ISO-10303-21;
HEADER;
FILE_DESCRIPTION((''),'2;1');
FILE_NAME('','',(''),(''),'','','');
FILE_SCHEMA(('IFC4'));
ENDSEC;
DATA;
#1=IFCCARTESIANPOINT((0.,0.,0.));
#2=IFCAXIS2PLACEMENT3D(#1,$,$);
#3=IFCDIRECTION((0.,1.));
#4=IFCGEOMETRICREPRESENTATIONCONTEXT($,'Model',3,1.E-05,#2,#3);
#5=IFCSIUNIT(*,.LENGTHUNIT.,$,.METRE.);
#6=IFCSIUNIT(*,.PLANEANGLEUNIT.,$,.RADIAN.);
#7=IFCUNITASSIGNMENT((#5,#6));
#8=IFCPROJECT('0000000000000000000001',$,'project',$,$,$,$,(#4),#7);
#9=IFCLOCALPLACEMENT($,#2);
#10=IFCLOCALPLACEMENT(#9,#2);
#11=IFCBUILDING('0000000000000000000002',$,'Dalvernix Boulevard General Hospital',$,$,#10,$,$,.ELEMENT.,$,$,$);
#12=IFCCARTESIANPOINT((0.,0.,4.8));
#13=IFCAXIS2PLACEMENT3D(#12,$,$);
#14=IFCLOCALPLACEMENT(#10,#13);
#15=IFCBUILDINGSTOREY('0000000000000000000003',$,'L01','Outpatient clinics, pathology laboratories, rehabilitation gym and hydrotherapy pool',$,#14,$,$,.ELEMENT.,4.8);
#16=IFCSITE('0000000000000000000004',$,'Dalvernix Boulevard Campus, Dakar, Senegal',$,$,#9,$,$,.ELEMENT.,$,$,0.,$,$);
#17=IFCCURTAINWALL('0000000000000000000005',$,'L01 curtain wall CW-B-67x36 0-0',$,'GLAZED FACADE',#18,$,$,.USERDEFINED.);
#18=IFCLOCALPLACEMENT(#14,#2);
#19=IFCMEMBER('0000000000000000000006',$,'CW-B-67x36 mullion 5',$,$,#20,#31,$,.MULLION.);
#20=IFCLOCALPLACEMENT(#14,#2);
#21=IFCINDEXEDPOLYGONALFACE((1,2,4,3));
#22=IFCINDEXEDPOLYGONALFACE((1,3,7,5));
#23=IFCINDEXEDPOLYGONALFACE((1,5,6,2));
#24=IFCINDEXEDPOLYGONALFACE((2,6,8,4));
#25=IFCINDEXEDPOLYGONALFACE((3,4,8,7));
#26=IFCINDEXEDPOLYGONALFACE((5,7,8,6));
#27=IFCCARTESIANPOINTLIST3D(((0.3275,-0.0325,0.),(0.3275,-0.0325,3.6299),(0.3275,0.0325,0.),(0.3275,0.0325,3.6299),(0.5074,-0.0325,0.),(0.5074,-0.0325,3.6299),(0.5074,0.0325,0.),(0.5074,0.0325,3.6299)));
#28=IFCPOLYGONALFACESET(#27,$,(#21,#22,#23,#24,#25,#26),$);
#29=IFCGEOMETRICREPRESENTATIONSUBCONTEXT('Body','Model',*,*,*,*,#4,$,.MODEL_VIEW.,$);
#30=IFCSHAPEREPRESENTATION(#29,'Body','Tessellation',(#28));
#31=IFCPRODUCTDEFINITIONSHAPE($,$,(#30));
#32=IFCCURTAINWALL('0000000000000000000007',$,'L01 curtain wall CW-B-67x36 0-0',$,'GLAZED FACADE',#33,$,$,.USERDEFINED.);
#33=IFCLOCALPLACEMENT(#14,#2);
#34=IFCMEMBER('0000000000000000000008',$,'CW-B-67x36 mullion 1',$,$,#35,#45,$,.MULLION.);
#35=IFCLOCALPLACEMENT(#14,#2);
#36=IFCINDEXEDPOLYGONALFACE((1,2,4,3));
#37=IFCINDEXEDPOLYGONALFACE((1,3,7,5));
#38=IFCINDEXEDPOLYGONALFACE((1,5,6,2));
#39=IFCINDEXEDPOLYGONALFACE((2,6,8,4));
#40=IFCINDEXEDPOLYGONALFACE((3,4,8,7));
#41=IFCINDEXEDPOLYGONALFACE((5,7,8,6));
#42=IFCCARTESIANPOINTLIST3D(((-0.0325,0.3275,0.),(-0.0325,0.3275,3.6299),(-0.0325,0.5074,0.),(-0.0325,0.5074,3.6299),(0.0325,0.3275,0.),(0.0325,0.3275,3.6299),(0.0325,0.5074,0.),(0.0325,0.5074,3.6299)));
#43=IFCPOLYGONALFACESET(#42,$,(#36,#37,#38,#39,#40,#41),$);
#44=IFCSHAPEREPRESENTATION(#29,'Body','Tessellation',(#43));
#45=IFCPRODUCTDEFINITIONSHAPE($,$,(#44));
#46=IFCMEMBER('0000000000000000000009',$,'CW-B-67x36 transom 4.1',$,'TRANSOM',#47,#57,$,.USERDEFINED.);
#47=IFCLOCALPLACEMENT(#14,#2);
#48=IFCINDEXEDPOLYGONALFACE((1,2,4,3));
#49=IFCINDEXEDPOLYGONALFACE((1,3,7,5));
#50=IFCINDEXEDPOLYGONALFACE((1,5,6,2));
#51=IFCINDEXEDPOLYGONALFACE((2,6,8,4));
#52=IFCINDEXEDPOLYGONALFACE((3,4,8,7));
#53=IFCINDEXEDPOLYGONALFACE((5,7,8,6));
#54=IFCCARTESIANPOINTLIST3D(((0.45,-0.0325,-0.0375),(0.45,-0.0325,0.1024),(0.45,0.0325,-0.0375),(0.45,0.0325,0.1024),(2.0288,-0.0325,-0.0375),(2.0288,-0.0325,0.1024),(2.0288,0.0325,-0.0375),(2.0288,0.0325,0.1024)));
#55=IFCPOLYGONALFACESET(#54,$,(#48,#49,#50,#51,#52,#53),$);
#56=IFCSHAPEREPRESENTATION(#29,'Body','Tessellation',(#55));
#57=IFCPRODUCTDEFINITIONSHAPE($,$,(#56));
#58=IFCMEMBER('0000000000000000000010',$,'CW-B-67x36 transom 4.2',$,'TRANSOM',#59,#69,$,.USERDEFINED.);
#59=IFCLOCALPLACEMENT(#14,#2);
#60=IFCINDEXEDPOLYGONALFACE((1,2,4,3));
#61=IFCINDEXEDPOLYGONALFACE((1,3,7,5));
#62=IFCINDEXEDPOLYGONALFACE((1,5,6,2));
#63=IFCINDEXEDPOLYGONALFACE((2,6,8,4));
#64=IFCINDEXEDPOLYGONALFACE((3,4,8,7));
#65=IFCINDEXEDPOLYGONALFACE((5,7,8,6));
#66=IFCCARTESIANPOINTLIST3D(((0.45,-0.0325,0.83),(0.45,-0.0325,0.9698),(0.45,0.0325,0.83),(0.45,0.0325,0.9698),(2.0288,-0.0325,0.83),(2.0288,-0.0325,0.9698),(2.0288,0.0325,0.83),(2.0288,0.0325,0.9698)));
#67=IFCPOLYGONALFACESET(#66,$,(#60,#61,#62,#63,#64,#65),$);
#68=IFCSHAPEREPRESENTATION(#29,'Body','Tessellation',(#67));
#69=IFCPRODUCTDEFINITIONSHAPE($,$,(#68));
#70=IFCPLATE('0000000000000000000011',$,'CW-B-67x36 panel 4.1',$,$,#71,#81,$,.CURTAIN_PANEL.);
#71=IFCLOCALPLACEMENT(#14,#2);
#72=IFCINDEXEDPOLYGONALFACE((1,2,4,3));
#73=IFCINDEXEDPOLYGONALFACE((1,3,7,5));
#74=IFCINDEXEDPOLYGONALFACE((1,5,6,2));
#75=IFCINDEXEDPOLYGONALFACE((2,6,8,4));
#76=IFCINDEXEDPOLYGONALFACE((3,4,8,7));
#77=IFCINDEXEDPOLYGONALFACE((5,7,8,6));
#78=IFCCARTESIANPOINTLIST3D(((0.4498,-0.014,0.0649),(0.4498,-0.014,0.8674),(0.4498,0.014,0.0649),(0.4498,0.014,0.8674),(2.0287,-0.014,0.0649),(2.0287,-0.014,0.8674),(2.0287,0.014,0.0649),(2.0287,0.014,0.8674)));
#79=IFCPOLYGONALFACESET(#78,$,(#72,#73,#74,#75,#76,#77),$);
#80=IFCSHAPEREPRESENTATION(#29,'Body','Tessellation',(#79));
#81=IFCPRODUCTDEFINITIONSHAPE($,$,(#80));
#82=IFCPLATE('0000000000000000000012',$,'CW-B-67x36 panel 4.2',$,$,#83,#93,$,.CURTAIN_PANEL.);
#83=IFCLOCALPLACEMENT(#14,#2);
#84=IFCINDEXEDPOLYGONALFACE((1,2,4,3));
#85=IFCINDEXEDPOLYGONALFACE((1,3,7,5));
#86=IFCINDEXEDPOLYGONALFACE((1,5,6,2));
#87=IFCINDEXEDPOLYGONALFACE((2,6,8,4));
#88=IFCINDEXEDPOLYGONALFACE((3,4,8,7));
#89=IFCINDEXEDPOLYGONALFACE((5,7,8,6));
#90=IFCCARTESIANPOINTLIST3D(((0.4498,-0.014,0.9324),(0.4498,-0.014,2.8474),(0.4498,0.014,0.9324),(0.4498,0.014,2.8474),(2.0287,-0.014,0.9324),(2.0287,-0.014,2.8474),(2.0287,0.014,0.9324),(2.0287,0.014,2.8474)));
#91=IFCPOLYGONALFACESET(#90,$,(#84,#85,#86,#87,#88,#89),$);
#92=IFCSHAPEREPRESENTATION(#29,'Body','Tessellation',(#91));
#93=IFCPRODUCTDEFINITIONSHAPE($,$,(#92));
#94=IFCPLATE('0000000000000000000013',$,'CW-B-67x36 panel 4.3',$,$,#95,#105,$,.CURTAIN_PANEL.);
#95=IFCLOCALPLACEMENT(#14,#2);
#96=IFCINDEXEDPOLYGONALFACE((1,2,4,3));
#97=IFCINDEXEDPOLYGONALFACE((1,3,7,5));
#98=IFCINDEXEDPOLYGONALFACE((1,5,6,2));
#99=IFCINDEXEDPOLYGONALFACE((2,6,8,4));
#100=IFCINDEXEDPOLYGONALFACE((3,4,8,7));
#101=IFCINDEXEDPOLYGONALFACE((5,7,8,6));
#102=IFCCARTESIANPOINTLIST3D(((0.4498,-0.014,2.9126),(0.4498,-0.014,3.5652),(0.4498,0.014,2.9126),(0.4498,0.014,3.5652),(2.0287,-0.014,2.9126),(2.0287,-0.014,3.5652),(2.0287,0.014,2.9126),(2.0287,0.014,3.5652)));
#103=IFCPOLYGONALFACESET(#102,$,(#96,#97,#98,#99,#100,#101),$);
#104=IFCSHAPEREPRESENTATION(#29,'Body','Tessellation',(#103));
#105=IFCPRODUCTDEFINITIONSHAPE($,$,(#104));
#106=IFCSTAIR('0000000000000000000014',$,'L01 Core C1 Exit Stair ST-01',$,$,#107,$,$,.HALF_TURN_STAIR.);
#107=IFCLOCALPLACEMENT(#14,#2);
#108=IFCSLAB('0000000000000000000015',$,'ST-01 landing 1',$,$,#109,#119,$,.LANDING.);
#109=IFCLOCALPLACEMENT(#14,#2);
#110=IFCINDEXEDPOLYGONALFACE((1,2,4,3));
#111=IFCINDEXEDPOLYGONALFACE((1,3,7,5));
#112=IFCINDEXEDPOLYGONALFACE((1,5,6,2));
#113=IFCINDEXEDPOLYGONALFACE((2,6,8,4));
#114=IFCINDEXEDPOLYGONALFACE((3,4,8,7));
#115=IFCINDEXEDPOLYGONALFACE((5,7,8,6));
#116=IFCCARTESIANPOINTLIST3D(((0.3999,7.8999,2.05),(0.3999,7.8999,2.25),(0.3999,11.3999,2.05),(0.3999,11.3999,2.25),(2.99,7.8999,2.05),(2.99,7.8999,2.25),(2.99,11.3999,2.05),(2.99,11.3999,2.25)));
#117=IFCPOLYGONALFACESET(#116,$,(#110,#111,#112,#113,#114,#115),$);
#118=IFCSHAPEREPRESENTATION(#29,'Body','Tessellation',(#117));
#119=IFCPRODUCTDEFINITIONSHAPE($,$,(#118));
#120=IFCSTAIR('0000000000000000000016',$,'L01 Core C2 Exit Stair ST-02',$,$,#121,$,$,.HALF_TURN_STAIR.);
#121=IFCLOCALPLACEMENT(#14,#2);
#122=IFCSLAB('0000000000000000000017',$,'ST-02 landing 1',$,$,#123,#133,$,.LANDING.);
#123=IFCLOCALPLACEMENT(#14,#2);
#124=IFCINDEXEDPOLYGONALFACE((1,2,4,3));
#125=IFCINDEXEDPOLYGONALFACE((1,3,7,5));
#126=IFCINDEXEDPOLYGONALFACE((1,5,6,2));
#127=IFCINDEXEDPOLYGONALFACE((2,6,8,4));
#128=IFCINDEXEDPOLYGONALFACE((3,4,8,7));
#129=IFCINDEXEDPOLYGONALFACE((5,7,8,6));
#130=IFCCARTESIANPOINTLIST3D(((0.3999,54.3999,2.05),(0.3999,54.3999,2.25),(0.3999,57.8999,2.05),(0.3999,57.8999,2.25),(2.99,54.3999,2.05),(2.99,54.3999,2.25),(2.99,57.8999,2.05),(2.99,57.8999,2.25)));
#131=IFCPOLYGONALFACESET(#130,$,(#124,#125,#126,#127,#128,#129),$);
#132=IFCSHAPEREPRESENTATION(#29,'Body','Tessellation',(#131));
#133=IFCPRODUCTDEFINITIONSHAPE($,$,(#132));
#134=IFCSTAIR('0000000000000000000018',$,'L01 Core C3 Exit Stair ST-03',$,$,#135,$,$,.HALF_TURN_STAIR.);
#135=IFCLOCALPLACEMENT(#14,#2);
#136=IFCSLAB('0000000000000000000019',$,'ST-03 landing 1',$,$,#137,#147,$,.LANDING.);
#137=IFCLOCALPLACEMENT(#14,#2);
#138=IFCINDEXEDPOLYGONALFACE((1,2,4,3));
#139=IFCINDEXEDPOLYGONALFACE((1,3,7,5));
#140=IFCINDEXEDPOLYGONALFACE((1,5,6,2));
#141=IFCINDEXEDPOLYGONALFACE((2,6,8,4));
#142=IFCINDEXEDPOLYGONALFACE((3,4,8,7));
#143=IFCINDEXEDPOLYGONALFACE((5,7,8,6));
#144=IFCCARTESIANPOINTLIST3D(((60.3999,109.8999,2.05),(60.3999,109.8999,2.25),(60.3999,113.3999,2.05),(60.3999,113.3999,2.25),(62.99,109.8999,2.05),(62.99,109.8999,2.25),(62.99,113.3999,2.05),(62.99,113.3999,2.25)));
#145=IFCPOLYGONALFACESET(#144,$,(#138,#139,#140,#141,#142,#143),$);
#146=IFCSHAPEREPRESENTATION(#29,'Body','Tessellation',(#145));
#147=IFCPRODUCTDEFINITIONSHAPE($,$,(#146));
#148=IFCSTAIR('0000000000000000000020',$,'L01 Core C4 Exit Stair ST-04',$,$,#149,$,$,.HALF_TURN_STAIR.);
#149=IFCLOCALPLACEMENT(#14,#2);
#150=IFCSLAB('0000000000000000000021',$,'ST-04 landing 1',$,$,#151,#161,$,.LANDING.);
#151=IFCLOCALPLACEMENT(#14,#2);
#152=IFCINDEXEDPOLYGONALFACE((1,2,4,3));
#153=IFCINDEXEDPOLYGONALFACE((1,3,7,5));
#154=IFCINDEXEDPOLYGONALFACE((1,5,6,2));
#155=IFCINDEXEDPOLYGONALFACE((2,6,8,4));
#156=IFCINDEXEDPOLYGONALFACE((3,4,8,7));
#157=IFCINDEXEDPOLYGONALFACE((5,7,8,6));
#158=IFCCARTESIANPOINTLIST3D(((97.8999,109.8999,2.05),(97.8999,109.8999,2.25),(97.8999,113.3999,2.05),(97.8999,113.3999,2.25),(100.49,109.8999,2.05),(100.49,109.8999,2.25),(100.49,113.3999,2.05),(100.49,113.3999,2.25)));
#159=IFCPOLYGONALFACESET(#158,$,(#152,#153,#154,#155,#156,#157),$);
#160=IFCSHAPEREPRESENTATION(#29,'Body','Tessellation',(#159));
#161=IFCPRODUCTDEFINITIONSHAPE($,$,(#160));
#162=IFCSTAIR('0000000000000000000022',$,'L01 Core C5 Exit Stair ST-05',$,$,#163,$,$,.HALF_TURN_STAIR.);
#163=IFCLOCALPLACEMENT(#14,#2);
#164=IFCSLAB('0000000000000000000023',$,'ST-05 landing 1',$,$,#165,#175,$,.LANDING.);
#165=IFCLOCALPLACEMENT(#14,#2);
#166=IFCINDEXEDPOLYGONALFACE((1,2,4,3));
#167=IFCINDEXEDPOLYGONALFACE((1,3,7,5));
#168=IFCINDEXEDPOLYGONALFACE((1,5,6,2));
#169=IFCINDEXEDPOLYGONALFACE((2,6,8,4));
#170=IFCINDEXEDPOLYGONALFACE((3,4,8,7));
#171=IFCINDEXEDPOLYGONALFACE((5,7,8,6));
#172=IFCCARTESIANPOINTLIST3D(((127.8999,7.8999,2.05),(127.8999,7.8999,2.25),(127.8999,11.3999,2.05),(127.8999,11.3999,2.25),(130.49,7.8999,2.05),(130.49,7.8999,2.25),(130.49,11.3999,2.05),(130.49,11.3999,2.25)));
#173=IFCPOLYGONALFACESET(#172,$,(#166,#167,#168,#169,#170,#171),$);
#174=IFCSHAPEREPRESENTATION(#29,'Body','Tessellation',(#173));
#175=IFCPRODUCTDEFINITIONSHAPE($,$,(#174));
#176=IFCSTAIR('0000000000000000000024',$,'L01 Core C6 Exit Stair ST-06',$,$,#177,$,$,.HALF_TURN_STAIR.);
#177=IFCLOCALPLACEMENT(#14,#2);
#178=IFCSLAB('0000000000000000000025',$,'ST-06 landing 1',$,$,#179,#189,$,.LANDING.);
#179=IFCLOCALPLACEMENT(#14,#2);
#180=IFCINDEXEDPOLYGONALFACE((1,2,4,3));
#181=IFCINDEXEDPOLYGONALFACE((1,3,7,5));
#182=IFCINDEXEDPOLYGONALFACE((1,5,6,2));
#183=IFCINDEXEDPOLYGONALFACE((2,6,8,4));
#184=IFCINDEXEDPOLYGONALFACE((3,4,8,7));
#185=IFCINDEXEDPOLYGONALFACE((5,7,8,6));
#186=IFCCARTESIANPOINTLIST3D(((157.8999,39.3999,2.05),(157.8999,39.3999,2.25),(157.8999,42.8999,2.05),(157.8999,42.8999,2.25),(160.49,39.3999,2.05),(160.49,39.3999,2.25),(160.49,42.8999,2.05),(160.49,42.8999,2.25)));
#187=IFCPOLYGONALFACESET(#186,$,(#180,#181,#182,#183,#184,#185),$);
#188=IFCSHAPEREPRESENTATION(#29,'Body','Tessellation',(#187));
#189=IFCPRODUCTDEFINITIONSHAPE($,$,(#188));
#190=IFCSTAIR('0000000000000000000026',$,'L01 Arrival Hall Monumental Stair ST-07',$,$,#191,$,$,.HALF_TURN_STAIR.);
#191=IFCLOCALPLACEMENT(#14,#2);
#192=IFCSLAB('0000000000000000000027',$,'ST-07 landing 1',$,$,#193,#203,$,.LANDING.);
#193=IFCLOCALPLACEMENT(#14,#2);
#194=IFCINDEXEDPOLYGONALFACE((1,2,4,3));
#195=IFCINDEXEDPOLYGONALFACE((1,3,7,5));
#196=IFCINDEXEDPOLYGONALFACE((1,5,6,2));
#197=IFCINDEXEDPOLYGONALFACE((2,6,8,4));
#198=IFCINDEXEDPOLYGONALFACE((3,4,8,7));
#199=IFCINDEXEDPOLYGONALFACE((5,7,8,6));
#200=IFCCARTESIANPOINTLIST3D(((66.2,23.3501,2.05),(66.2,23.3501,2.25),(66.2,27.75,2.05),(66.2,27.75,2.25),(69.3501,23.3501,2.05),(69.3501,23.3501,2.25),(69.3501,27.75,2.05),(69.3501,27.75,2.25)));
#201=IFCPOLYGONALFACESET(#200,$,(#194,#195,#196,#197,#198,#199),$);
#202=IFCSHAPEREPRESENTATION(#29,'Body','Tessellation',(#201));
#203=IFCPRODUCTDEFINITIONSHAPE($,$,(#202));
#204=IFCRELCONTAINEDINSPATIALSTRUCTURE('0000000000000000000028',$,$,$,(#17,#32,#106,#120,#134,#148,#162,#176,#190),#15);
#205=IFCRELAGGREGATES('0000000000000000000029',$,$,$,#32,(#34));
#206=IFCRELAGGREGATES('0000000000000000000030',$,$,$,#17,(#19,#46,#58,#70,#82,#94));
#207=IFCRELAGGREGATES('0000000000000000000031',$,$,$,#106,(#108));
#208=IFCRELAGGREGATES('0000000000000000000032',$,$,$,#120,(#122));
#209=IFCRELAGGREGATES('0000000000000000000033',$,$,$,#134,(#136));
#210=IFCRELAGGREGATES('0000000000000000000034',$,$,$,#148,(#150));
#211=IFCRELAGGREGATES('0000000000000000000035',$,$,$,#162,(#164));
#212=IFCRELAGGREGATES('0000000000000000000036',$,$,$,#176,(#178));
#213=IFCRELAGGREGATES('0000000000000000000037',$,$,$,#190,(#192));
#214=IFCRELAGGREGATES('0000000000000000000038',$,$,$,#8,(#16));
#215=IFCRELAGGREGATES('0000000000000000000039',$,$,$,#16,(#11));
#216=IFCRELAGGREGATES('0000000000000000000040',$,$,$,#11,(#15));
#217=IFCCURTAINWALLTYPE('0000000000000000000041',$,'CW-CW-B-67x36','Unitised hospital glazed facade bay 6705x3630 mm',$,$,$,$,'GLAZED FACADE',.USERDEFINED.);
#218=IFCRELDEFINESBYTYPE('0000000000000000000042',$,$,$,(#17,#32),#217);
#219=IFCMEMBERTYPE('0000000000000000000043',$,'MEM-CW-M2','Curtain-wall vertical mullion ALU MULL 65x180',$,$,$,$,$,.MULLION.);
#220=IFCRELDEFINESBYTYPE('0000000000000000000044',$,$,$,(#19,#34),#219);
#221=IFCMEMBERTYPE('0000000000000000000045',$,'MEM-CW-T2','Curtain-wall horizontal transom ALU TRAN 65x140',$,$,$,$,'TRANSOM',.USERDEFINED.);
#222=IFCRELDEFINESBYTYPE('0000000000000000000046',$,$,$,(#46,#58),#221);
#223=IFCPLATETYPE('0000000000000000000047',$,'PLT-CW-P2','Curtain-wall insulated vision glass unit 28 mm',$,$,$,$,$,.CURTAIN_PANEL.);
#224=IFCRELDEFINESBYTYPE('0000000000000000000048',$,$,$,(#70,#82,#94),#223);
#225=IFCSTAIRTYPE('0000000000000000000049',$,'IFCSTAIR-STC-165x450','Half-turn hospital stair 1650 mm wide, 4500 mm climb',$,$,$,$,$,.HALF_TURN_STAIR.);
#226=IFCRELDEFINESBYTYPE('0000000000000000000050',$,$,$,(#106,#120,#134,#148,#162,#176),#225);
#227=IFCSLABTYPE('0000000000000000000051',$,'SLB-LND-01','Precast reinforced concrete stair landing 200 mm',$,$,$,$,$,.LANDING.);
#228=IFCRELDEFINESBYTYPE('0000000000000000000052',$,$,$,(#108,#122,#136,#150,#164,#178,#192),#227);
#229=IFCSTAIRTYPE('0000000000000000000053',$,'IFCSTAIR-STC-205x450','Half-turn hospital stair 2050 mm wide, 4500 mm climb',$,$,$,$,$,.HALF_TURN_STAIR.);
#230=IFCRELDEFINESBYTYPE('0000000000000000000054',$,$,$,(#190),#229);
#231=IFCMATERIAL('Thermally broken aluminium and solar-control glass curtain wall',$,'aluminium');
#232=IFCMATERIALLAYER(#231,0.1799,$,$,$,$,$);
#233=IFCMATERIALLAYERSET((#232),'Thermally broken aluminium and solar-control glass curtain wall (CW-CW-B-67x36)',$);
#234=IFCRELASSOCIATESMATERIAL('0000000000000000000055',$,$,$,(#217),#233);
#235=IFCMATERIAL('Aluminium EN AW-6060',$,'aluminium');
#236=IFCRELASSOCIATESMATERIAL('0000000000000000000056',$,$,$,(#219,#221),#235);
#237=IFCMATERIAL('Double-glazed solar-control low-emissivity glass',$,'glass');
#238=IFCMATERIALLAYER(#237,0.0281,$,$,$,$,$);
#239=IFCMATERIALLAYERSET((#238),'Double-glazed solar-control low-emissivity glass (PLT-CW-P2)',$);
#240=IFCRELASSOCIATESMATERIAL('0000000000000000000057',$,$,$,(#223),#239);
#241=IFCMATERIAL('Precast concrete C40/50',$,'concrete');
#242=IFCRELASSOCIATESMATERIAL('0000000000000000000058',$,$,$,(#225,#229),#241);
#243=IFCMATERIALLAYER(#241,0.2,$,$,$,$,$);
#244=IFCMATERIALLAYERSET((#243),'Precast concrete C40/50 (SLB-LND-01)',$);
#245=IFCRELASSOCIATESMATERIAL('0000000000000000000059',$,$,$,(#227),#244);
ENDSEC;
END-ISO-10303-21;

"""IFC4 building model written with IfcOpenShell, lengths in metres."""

from ifc_helpers import new_model, si_unit, direction, frame, origin, origin_2d, place, context, subcontext, project, spatial, polyline, rectangle, outline, extrude, material, layer, layer_set, material_profile, profile_set, type_object, element, aggregate, save


model = new_model("IFC4")

# Units and contexts
model_context = context("Model", 3, precision=1e-05, world=origin(), true_north=direction((0.0, 1.0)))
body_context = subcontext(model_context, "Body", "Model", "MODEL_VIEW")
ifc_project = project(units=[si_unit("LENGTHUNIT", "METRE"), si_unit("PLANEANGLEUNIT", "RADIAN")], contexts=[model_context])

# Site, building, storey
site_placement = place(None, origin())
site = spatial("IfcSite", under=ifc_project, at=site_placement, Name="Dalvernix Boulevard Campus, Dakar, Senegal", CompositionType="ELEMENT", RefElevation=0.0)
building_placement = place(site_placement, origin())
building = spatial("IfcBuilding", under=site, at=building_placement, Name="Dalvernix Boulevard General Hospital", CompositionType="ELEMENT")
storey_placement = place(building_placement, frame((0.0, 0.0, 4.8)))
storey = spatial("IfcBuildingStorey", under=building, at=storey_placement, Name="L01", Description="Outpatient clinics, pathology laboratories, rehabilitation gym and hydrotherapy pool", CompositionType="ELEMENT", Elevation=4.8)

# Curtain walls, members
ifc_material_1 = material(Name="Thermally broken aluminium and solar-control glass curtain wall", Category="aluminium")
ifc_layer_1 = layer(ifc_material_1, 0.1799)
ifc_layer_set_1 = layer_set([ifc_layer_1], Name="Thermally broken aluminium and solar-control glass curtain wall (CW-CW-B-67x36)")
curtain_wall_type = type_object("IfcCurtainWallType", Name="CW-CW-B-67x36", Description="Unitised hospital glazed facade bay 6705x3630 mm", ElementType="GLAZED FACADE", PredefinedType="USERDEFINED", material=ifc_layer_set_1)
curtain_wall_1_placement = place(storey_placement, origin())
curtain_wall_1 = element("IfcCurtainWall", 1, at=curtain_wall_1_placement, inside=storey, type_object=curtain_wall_type, Name="L01 curtain wall CW-B-67x36 0-0", ObjectType="GLAZED FACADE", PredefinedType="USERDEFINED")
ifc_material_2 = material(Name="Aluminium EN AW-6060", Category="aluminium")
ifc_material_profile_1 = material_profile(ifc_material_2, rectangle(XDim=0.0649, YDim=0.1799, at=origin_2d()), Name="ALU MULL 65x180")
ifc_profile_set_1 = profile_set([ifc_material_profile_1], Name="Aluminium EN AW-6060")
member_type_1 = type_object("IfcMemberType", Name="MEM-CW-M2", Description="Curtain-wall vertical mullion ALU MULL 65x180", PredefinedType="MULLION", material=ifc_profile_set_1)
member_1_placement = place(storey_placement, frame((0.4175, 0.0, 0.0), z_axis=(0.0, 0.0, 1.0), x_axis=(0.0, -1.0, 0.0)))
member_1 = element("IfcMember", 2, at=member_1_placement, type_object=member_type_1, Name="CW-B-67x36 mullion 5", PredefinedType="MULLION", context=body_context, shape_type="SweptSolid", body=[
    extrude(rectangle(XDim=0.0649, YDim=0.1799, at=origin_2d()), origin(), (0.0, 0.0, 1.0), 3.6299),
])
curtain_wall_2_placement = place(storey_placement, origin())
curtain_wall_2 = element("IfcCurtainWall", 3, at=curtain_wall_2_placement, inside=storey, type_object=curtain_wall_type, Name="L01 curtain wall CW-B-67x36 0-0", ObjectType="GLAZED FACADE", PredefinedType="USERDEFINED")
member_2_placement = place(storey_placement, frame((0.0, 0.4175, 0.0), z_axis=(0.0, 0.0, 1.0), x_axis=(-1.0, 0.0, 0.0)))
member_2 = element("IfcMember", 4, at=member_2_placement, type_object=member_type_1, Name="CW-B-67x36 mullion 1", PredefinedType="MULLION", context=body_context, shape_type="SweptSolid", body=[
    extrude(rectangle(XDim=0.0649, YDim=0.1799, at=origin_2d()), origin(), (0.0, 0.0, 1.0), 3.6299),
])
aggregate(curtain_wall_2, [member_2])

# Members
ifc_material_profile_2 = material_profile(ifc_material_2, rectangle(XDim=0.0649, YDim=0.1399, at=origin_2d()), Name="ALU TRAN 65x140")
ifc_profile_set_2 = profile_set([ifc_material_profile_2], Name="Aluminium EN AW-6060")
member_type_2 = type_object("IfcMemberType", Name="MEM-CW-T2", Description="Curtain-wall horizontal transom ALU TRAN 65x140", ElementType="TRANSOM", PredefinedType="USERDEFINED", material=ifc_profile_set_2)
member_3_placement = place(storey_placement, frame((2.0288, 0.0, 0.0325), z_axis=(-1.0, 0.0, 0.0), x_axis=(0.0, -1.0, 0.0)))
member_3 = element("IfcMember", 5, at=member_3_placement, type_object=member_type_2, Name="CW-B-67x36 transom 4.1", ObjectType="TRANSOM", PredefinedType="USERDEFINED", context=body_context, shape_type="SweptSolid", body=[
    extrude(rectangle(XDim=0.0649, YDim=0.1399, at=origin_2d()), origin(), (0.0, 0.0, 1.0), 1.5789),
])
member_4_placement = place(storey_placement, frame((2.0288, 0.0, 0.8999), z_axis=(-1.0, 0.0, 0.0), x_axis=(0.0, -1.0, 0.0)))
member_4 = element("IfcMember", 6, at=member_4_placement, type_object=member_type_2, Name="CW-B-67x36 transom 4.2", ObjectType="TRANSOM", PredefinedType="USERDEFINED", context=body_context, shape_type="SweptSolid", body=[
    extrude(rectangle(XDim=0.0649, YDim=0.1399, at=origin_2d()), origin(), (0.0, 0.0, 1.0), 1.5789),
])

# Plates
ifc_material_3 = material(Name="Double-glazed solar-control low-emissivity glass", Category="glass")
ifc_layer_2 = layer(ifc_material_3, 0.0281)
ifc_layer_set_2 = layer_set([ifc_layer_2], Name="Double-glazed solar-control low-emissivity glass (PLT-CW-P2)")
plate_type = type_object("IfcPlateType", Name="PLT-CW-P2", Description="Curtain-wall insulated vision glass unit 28 mm", PredefinedType="CURTAIN_PANEL", material=ifc_layer_set_2)
plate_1_placement = place(storey_placement, frame((1.2393, 0.0, 0.0649), z_axis=(0.0, 0.0, 1.0), x_axis=(-1.0, 0.0, 0.0)))
plate_1 = element("IfcPlate", 7, at=plate_1_placement, type_object=plate_type, Name="CW-B-67x36 panel 4.1", PredefinedType="CURTAIN_PANEL", context=body_context, shape_type="SweptSolid", body=[
    extrude(rectangle(XDim=1.5789, YDim=0.0281, at=origin_2d()), origin(), (0.0, 0.0, 1.0), 0.8025),
])
plate_2_placement = place(storey_placement, frame((1.2393, 0.0, 0.9324), z_axis=(0.0, 0.0, 1.0), x_axis=(-1.0, 0.0, 0.0)))
plate_2 = element("IfcPlate", 8, at=plate_2_placement, type_object=plate_type, Name="CW-B-67x36 panel 4.2", PredefinedType="CURTAIN_PANEL", context=body_context, shape_type="SweptSolid", body=[
    extrude(rectangle(XDim=1.5789, YDim=0.0281, at=origin_2d()), origin(), (0.0, 0.0, 1.0), 1.915),
])
plate_3_placement = place(storey_placement, frame((1.2393, 0.0, 2.9126), z_axis=(0.0, 0.0, 1.0), x_axis=(-1.0, 0.0, 0.0)))
plate_3 = element("IfcPlate", 9, at=plate_3_placement, type_object=plate_type, Name="CW-B-67x36 panel 4.3", PredefinedType="CURTAIN_PANEL", context=body_context, shape_type="SweptSolid", body=[
    extrude(rectangle(XDim=1.5789, YDim=0.0281, at=origin_2d()), origin(), (0.0, 0.0, 1.0), 0.6526),
])
aggregate(curtain_wall_1, [member_1, member_3, member_4, plate_1, plate_2, plate_3])

# Stairs, slabs
ifc_material_4 = material(Name="Precast concrete C40/50", Category="concrete")
stair_type_1 = type_object("IfcStairType", Name="IFCSTAIR-STC-165x450", Description="Half-turn hospital stair 1650 mm wide, 4500 mm climb", PredefinedType="HALF_TURN_STAIR", material=ifc_material_4)
stair_1_placement = place(storey_placement, origin())
stair_1 = element("IfcStair", 10, at=stair_1_placement, inside=storey, type_object=stair_type_1, Name="L01 Core C1 Exit Stair ST-01", PredefinedType="HALF_TURN_STAIR")
ifc_layer_3 = layer(ifc_material_4, 0.2)
ifc_layer_set_3 = layer_set([ifc_layer_3], Name="Precast concrete C40/50 (SLB-LND-01)")
slab_type = type_object("IfcSlabType", Name="SLB-LND-01", Description="Precast reinforced concrete stair landing 200 mm", PredefinedType="LANDING", material=ifc_layer_set_3)
slab_1_placement = place(storey_placement, frame((0.0, 0.0, 2.05)))
slab_1 = element("IfcSlab", 11, at=slab_1_placement, type_object=slab_type, Name="ST-01 landing 1", PredefinedType="LANDING", context=body_context, shape_type="SweptSolid", body=[
    extrude(outline(polyline([(2.99, 11.3999), (0.3999, 11.3999), (0.3999, 7.8999), (2.99, 7.8999), (2.99, 11.3999)])), origin(), (0.0, 0.0, 1.0), 0.2),
])
aggregate(stair_1, [slab_1])
stair_2_placement = place(storey_placement, origin())
stair_2 = element("IfcStair", 12, at=stair_2_placement, inside=storey, type_object=stair_type_1, Name="L01 Core C2 Exit Stair ST-02", PredefinedType="HALF_TURN_STAIR")
slab_2_placement = place(storey_placement, frame((0.0, 0.0, 2.05)))
slab_2 = element("IfcSlab", 13, at=slab_2_placement, type_object=slab_type, Name="ST-02 landing 1", PredefinedType="LANDING", context=body_context, shape_type="SweptSolid", body=[
    extrude(outline(polyline([(2.99, 57.8999), (0.3999, 57.8999), (0.3999, 54.3999), (2.99, 54.3999), (2.99, 57.8999)])), origin(), (0.0, 0.0, 1.0), 0.2),
])
aggregate(stair_2, [slab_2])
stair_3_placement = place(storey_placement, origin())
stair_3 = element("IfcStair", 14, at=stair_3_placement, inside=storey, type_object=stair_type_1, Name="L01 Core C3 Exit Stair ST-03", PredefinedType="HALF_TURN_STAIR")
slab_3_placement = place(storey_placement, frame((0.0, 0.0, 2.05)))
slab_3 = element("IfcSlab", 15, at=slab_3_placement, type_object=slab_type, Name="ST-03 landing 1", PredefinedType="LANDING", context=body_context, shape_type="SweptSolid", body=[
    extrude(outline(polyline([(62.99, 113.3999), (60.3999, 113.3999), (60.3999, 109.8999), (62.99, 109.8999), (62.99, 113.3999)])), origin(), (0.0, 0.0, 1.0), 0.2),
])
aggregate(stair_3, [slab_3])
stair_4_placement = place(storey_placement, origin())
stair_4 = element("IfcStair", 16, at=stair_4_placement, inside=storey, type_object=stair_type_1, Name="L01 Core C4 Exit Stair ST-04", PredefinedType="HALF_TURN_STAIR")
slab_4_placement = place(storey_placement, frame((0.0, 0.0, 2.05)))
slab_4 = element("IfcSlab", 17, at=slab_4_placement, type_object=slab_type, Name="ST-04 landing 1", PredefinedType="LANDING", context=body_context, shape_type="SweptSolid", body=[
    extrude(outline(polyline([(100.49, 113.3999), (97.8999, 113.3999), (97.8999, 109.8999), (100.49, 109.8999), (100.49, 113.3999)])), origin(), (0.0, 0.0, 1.0), 0.2),
])
aggregate(stair_4, [slab_4])
stair_5_placement = place(storey_placement, origin())
stair_5 = element("IfcStair", 18, at=stair_5_placement, inside=storey, type_object=stair_type_1, Name="L01 Core C5 Exit Stair ST-05", PredefinedType="HALF_TURN_STAIR")
slab_5_placement = place(storey_placement, frame((0.0, 0.0, 2.05)))
slab_5 = element("IfcSlab", 19, at=slab_5_placement, type_object=slab_type, Name="ST-05 landing 1", PredefinedType="LANDING", context=body_context, shape_type="SweptSolid", body=[
    extrude(outline(polyline([(130.49, 11.3999), (127.8999, 11.3999), (127.8999, 7.8999), (130.49, 7.8999), (130.49, 11.3999)])), origin(), (0.0, 0.0, 1.0), 0.2),
])
aggregate(stair_5, [slab_5])
stair_6_placement = place(storey_placement, origin())
stair_6 = element("IfcStair", 20, at=stair_6_placement, inside=storey, type_object=stair_type_1, Name="L01 Core C6 Exit Stair ST-06", PredefinedType="HALF_TURN_STAIR")
slab_6_placement = place(storey_placement, frame((0.0, 0.0, 2.05)))
slab_6 = element("IfcSlab", 21, at=slab_6_placement, type_object=slab_type, Name="ST-06 landing 1", PredefinedType="LANDING", context=body_context, shape_type="SweptSolid", body=[
    extrude(outline(polyline([(160.49, 42.8999), (157.8999, 42.8999), (157.8999, 39.3999), (160.49, 39.3999), (160.49, 42.8999)])), origin(), (0.0, 0.0, 1.0), 0.2),
])
aggregate(stair_6, [slab_6])
stair_type_2 = type_object("IfcStairType", Name="IFCSTAIR-STC-205x450", Description="Half-turn hospital stair 2050 mm wide, 4500 mm climb", PredefinedType="HALF_TURN_STAIR", material=ifc_material_4)
stair_7_placement = place(storey_placement, origin())
stair_7 = element("IfcStair", 22, at=stair_7_placement, inside=storey, type_object=stair_type_2, Name="L01 Arrival Hall Monumental Stair ST-07", PredefinedType="HALF_TURN_STAIR")
slab_7_placement = place(storey_placement, frame((0.0, 0.0, 2.05)))
slab_7 = element("IfcSlab", 23, at=slab_7_placement, type_object=slab_type, Name="ST-07 landing 1", PredefinedType="LANDING", context=body_context, shape_type="SweptSolid", body=[
    extrude(outline(polyline([(66.2, 23.3501), (69.3501, 23.3501), (69.3501, 27.75), (66.2, 27.75), (66.2, 23.3501)])), origin(), (0.0, 0.0, 1.0), 0.2),
])
aggregate(stair_7, [slab_7])

save(model, "model.ifc")
